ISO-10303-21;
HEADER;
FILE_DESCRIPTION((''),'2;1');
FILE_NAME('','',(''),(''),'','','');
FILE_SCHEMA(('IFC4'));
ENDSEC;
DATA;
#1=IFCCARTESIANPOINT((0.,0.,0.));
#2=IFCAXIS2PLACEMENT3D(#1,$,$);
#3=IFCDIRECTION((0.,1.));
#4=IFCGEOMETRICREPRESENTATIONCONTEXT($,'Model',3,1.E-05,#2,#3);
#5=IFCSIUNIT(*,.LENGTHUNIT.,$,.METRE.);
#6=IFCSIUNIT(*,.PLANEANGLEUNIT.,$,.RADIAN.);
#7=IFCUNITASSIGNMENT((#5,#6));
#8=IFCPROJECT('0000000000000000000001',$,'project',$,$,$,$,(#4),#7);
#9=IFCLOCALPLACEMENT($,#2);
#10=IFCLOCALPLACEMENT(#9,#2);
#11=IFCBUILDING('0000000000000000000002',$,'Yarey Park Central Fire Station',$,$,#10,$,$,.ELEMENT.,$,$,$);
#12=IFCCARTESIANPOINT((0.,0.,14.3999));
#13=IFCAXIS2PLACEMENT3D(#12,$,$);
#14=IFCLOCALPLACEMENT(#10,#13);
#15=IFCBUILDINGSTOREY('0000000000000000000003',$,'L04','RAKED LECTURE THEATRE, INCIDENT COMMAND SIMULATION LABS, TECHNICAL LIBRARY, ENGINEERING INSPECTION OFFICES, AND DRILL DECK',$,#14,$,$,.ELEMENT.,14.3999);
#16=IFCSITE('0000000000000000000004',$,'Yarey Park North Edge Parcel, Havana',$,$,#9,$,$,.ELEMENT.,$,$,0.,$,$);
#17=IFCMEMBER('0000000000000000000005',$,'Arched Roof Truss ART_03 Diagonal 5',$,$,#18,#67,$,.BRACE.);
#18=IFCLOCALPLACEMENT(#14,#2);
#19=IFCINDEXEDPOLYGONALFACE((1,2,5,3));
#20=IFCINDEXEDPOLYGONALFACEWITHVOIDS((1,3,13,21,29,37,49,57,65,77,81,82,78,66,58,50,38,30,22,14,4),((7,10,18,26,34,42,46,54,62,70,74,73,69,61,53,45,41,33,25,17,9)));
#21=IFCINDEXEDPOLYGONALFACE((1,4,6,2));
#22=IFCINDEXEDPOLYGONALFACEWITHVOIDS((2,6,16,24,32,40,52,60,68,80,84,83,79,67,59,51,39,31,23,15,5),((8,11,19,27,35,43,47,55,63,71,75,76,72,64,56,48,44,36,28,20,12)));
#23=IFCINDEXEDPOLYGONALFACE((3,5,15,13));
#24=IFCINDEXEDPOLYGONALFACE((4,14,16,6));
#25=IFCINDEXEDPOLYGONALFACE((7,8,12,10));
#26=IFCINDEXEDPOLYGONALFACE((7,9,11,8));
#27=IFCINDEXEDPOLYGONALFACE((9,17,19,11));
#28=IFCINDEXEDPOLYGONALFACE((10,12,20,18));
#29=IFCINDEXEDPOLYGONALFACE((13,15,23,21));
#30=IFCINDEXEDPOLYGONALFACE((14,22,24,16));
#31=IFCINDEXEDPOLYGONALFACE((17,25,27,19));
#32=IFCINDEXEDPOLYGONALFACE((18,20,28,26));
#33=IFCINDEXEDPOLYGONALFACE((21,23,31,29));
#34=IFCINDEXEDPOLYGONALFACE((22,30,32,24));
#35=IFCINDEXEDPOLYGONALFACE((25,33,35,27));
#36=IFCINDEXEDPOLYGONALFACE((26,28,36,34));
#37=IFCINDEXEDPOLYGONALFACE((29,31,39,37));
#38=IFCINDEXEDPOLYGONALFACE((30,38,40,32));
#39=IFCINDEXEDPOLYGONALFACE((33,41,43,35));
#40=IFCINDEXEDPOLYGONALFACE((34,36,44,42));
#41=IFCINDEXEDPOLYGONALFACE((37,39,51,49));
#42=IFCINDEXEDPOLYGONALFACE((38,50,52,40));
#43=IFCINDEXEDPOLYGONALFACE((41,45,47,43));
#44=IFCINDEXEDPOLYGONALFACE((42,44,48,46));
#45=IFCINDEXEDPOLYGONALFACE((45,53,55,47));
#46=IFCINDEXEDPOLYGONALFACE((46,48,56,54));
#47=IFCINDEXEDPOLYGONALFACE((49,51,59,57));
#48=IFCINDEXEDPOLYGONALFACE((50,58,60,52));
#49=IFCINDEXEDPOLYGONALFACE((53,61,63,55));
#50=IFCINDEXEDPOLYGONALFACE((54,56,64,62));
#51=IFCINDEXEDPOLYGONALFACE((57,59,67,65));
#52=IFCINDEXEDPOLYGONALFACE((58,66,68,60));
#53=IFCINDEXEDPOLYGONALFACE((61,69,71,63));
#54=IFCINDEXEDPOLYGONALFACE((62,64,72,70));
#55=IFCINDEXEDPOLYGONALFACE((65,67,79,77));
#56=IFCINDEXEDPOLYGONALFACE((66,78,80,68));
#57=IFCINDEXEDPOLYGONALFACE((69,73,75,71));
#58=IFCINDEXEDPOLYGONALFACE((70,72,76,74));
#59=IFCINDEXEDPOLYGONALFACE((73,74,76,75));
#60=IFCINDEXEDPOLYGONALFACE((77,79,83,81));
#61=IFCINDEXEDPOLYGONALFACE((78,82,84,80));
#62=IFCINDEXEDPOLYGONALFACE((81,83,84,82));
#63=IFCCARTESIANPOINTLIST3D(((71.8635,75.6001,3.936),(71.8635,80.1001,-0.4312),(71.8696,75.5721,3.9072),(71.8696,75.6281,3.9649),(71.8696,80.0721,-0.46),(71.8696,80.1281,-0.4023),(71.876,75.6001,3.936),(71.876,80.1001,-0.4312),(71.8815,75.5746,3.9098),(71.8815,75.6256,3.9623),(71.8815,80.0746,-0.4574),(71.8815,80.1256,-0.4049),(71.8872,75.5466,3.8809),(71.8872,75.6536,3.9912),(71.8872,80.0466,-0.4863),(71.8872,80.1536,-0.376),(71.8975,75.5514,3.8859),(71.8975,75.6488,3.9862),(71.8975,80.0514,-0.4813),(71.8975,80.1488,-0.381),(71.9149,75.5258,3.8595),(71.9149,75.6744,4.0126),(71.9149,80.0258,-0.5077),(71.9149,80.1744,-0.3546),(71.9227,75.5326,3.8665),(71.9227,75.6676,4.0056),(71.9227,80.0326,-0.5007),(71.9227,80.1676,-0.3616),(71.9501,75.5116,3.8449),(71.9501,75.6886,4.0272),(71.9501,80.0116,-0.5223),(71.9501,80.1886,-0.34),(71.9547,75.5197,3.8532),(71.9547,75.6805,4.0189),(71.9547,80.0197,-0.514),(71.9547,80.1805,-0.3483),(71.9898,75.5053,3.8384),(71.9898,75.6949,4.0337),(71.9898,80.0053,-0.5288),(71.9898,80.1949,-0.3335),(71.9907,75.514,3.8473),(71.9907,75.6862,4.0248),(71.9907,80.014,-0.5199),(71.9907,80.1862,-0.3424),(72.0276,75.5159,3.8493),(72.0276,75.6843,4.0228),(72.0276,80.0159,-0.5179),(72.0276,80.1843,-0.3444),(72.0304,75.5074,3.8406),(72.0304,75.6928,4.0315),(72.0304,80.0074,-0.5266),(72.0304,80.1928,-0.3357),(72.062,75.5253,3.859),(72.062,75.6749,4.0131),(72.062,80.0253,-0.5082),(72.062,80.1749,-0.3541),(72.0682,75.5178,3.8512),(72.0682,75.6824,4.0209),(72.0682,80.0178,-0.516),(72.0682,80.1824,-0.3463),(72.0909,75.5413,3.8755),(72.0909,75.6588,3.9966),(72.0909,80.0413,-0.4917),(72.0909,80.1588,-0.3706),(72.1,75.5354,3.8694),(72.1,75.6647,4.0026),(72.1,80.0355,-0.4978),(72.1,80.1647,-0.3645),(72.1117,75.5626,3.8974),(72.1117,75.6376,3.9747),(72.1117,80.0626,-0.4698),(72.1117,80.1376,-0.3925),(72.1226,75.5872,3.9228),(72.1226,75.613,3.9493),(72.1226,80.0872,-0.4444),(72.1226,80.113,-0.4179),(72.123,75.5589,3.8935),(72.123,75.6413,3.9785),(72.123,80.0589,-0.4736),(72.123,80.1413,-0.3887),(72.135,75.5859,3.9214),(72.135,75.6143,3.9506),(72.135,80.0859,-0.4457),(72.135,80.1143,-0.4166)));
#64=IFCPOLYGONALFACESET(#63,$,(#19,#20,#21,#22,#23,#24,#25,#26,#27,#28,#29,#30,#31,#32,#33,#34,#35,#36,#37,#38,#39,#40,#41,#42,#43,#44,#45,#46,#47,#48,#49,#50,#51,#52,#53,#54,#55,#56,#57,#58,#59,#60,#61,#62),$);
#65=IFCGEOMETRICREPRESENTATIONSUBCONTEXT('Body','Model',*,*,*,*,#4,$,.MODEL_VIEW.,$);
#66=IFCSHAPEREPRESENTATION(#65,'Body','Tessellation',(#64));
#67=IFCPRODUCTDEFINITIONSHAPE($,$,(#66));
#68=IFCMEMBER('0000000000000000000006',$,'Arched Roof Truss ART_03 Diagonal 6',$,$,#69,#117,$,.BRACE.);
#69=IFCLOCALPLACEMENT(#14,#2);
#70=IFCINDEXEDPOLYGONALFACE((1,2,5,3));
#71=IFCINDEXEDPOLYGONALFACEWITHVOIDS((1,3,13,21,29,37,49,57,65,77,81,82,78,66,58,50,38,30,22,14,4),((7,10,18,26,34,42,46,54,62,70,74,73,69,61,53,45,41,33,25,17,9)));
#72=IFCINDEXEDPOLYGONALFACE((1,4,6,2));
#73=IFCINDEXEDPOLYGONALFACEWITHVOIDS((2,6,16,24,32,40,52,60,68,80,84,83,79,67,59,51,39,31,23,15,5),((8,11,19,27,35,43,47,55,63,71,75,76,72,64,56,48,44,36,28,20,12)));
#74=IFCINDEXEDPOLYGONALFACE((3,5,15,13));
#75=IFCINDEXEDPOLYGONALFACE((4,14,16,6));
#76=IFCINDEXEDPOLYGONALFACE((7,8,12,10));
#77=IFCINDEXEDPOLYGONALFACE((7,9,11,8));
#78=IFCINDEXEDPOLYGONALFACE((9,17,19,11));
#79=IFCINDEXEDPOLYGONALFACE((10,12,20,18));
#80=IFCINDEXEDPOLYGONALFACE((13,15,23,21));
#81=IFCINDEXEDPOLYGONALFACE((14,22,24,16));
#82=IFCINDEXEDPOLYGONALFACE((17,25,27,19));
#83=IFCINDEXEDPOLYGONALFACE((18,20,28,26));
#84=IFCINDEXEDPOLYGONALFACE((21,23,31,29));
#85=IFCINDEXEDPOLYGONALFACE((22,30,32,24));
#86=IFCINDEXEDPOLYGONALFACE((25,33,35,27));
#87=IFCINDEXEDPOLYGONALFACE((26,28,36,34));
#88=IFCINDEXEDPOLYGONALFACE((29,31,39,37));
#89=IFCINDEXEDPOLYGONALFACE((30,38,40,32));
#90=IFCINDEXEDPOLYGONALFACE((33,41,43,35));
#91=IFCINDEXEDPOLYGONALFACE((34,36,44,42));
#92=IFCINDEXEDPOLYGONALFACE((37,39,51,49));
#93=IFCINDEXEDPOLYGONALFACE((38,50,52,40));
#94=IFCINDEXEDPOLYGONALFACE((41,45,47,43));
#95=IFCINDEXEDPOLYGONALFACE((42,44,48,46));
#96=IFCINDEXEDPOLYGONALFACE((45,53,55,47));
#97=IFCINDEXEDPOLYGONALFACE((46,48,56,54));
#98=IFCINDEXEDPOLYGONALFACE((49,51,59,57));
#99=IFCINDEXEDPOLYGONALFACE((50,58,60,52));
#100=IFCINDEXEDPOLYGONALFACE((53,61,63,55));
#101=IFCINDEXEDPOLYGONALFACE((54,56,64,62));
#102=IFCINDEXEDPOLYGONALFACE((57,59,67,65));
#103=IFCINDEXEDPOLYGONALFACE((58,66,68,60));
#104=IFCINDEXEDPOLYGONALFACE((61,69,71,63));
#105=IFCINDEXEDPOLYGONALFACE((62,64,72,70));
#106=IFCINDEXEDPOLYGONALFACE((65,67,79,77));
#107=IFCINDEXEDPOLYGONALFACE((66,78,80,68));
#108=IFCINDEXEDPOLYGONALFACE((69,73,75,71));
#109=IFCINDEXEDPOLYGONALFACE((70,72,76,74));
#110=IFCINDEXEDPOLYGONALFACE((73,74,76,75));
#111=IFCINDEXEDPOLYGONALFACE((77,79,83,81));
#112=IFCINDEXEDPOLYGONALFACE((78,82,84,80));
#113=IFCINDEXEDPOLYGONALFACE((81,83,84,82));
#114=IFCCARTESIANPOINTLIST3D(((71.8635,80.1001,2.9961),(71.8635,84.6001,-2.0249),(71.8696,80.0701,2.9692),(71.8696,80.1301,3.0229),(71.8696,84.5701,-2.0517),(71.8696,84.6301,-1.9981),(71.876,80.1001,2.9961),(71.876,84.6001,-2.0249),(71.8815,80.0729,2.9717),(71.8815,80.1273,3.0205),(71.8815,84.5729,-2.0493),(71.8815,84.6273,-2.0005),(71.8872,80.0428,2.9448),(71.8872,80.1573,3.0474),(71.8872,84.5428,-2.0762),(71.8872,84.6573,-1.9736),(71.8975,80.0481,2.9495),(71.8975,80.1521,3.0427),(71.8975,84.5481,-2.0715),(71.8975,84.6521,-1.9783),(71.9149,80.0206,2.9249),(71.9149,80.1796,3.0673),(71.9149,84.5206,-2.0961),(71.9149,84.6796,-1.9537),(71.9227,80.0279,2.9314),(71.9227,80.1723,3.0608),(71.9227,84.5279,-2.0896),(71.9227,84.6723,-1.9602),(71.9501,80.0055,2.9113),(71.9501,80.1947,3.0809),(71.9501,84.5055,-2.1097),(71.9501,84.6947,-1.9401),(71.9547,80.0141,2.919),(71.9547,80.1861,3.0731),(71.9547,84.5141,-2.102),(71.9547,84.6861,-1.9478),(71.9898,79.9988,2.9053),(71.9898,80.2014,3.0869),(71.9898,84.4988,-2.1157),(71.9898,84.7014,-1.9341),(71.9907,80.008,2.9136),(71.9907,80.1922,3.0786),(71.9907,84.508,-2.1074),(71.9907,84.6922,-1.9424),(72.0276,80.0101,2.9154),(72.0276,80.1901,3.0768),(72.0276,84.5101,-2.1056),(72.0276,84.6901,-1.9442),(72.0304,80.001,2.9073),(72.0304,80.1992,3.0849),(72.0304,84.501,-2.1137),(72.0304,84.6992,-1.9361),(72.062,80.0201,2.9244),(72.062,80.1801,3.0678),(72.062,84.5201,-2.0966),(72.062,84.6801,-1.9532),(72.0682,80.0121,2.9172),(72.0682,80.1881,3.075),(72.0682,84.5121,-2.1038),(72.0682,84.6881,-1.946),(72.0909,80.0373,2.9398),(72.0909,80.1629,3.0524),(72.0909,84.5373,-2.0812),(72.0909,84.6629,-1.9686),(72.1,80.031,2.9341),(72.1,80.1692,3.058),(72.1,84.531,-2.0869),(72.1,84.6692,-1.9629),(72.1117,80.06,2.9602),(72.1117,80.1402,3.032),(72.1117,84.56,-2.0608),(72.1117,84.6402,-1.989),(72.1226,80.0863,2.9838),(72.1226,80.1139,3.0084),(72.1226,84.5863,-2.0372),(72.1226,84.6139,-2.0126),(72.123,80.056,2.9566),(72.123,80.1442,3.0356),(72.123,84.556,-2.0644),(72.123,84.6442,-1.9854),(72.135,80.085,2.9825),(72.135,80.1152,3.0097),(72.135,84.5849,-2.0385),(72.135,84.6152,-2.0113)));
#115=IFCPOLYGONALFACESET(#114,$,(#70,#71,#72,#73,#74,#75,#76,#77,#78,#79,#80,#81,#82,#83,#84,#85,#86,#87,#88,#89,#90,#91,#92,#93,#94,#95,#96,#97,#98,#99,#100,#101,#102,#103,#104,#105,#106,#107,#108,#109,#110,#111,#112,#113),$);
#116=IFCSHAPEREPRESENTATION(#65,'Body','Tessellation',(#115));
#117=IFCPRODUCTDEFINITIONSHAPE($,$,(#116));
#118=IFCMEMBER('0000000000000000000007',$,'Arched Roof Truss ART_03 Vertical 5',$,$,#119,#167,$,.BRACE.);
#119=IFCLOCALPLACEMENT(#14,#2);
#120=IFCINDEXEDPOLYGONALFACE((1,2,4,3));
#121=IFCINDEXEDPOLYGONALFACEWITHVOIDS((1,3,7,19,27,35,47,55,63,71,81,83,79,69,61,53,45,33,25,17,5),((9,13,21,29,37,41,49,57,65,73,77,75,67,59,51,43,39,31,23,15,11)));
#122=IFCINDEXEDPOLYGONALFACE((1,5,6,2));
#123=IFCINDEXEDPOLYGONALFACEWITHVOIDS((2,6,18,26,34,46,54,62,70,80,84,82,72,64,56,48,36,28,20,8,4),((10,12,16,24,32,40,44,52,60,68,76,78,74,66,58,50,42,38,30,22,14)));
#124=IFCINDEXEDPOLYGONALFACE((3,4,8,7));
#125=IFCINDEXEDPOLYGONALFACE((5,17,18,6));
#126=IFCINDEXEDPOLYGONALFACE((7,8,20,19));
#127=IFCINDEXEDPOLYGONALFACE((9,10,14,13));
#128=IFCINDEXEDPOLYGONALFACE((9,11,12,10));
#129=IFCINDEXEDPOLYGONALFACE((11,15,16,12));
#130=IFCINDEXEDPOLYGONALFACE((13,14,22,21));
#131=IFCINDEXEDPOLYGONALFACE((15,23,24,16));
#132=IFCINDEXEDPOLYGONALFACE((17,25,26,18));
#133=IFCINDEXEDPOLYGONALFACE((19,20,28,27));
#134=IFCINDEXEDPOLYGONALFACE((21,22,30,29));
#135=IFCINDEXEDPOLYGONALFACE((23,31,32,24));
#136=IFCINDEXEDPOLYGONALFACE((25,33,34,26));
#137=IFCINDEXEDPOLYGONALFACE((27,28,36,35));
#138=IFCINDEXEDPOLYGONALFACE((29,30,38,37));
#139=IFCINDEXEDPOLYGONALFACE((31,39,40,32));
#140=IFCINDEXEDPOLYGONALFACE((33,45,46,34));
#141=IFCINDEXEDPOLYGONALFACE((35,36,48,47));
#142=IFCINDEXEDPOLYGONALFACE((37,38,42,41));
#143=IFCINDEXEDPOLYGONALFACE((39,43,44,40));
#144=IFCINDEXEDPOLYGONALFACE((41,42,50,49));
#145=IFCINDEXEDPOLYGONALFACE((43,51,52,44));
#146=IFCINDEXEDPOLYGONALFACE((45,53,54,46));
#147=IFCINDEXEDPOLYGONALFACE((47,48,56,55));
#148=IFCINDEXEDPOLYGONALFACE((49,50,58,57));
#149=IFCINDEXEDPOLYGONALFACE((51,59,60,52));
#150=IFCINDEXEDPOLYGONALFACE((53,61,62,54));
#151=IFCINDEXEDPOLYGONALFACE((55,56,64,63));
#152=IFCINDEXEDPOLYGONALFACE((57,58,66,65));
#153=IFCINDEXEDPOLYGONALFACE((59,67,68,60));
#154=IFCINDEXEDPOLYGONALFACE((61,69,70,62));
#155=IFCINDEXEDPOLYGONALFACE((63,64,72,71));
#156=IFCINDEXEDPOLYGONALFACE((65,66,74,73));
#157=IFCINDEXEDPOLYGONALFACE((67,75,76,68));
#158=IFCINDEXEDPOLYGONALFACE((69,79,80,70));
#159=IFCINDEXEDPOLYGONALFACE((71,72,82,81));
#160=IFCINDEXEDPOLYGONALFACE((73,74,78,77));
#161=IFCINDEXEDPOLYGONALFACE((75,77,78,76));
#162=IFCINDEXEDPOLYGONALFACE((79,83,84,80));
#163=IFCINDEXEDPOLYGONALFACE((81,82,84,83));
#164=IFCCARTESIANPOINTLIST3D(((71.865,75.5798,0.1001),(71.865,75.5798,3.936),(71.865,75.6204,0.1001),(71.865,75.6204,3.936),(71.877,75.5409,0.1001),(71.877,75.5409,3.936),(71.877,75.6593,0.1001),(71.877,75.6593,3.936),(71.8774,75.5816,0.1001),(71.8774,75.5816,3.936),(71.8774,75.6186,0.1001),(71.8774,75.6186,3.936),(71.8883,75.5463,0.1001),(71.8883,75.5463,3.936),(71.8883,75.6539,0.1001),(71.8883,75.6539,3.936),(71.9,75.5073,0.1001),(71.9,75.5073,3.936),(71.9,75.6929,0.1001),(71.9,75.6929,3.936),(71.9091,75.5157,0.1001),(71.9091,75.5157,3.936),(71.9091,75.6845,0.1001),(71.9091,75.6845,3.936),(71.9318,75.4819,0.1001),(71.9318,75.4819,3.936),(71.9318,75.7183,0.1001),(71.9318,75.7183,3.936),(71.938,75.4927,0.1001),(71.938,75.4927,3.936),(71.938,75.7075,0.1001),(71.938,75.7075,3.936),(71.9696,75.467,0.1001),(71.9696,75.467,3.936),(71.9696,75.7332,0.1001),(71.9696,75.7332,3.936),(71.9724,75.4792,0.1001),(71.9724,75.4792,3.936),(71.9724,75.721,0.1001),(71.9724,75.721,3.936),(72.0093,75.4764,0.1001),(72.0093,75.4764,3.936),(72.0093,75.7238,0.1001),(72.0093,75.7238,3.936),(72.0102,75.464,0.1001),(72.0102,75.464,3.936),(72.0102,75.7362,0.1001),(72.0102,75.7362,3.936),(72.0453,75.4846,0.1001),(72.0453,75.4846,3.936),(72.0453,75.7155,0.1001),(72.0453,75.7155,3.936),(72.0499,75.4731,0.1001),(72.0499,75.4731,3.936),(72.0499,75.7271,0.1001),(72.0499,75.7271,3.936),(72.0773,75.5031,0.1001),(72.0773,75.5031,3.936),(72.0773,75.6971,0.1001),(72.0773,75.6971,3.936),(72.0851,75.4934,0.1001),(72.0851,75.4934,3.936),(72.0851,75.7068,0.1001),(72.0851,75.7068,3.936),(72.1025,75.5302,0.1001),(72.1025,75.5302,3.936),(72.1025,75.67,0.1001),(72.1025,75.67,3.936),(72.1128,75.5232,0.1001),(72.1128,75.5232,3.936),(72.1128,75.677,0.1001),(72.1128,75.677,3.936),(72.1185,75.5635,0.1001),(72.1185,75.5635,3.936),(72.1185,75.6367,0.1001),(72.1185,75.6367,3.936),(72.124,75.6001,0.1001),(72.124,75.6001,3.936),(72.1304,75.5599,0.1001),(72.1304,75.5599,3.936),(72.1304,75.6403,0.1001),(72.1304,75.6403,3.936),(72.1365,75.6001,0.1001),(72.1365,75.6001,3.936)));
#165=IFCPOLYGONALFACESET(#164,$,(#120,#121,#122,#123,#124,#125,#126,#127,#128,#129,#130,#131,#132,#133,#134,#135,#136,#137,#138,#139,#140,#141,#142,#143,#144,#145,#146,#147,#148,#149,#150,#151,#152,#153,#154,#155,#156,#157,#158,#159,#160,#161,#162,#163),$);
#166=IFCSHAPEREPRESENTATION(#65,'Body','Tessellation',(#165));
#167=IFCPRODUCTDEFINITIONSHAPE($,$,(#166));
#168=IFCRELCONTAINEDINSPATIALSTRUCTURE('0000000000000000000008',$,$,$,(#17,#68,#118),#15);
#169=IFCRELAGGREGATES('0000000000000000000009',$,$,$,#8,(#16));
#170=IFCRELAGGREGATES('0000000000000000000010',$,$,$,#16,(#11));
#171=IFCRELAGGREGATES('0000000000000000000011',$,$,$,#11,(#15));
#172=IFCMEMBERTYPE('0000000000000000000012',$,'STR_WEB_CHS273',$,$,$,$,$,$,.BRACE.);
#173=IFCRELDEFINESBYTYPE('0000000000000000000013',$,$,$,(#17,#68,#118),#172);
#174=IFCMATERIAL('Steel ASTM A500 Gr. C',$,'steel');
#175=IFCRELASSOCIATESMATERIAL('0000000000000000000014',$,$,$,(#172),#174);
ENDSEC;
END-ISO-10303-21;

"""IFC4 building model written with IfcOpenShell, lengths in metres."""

from ifc_helpers import new_model, si_unit, direction, frame, origin, origin_2d, place, context, subcontext, project, spatial, hollow_circle, extrude, material, material_profile, profile_set, type_object, element, save


model = new_model("IFC4")

# Units and contexts
model_context = context("Model", 3, precision=1e-05, world=origin(), true_north=direction((0.0, 1.0)))
body_context = subcontext(model_context, "Body", "Model", "MODEL_VIEW")
ifc_project = project(units=[si_unit("LENGTHUNIT", "METRE"), si_unit("PLANEANGLEUNIT", "RADIAN")], contexts=[model_context])

# Site, building, storey
site_placement = place(None, origin())
site = spatial("IfcSite", under=ifc_project, at=site_placement, Name="Yarey Park North Edge Parcel, Havana", CompositionType="ELEMENT", RefElevation=0.0)
building_placement = place(site_placement, origin())
building = spatial("IfcBuilding", under=site, at=building_placement, Name="Yarey Park Central Fire Station", CompositionType="ELEMENT")
storey_placement = place(building_placement, frame((0.0, 0.0, 14.3999)))
storey = spatial("IfcBuildingStorey", under=building, at=storey_placement, Name="L04", Description="RAKED LECTURE THEATRE, INCIDENT COMMAND SIMULATION LABS, TECHNICAL LIBRARY, ENGINEERING INSPECTION OFFICES, AND DRILL DECK", CompositionType="ELEMENT", Elevation=14.3999)

# Members
ifc_material_1 = material(Name="Steel ASTM A500 Gr. C", Category="steel")
ifc_material_profile_1 = material_profile(ifc_material_1, hollow_circle(Radius=0.1365, WallThickness=0.0125, at=origin_2d()), Name="CHS 273x12.5")
ifc_profile_set_1 = profile_set([ifc_material_profile_1], Name="Steel ASTM A500 Gr. C")
member_type_1 = type_object("IfcMemberType", Name="STR_WEB_CHS273", PredefinedType="BRACE", material=ifc_profile_set_1)
member_1_placement = place(storey_placement, frame((72.0, 75.6001, 3.936), z_axis=(0.0, 0.717617, -0.696438), x_axis=(-1.0, 0.0, 0.0)))
element("IfcMember", 1, at=member_1_placement, inside=storey, type_object=member_type_1, Name="Arched Roof Truss ART_03 Diagonal 5", PredefinedType="BRACE", context=body_context, shape_type="SweptSolid", body=[
    extrude(hollow_circle(Radius=0.1365, WallThickness=0.0125, at=origin_2d()), origin(), (0.0, 0.0, 1.0), 6.2708),
])
member_2_placement = place(storey_placement, frame((72.0, 80.1001, 2.9961), z_axis=(0.0, 0.667415, -0.744686), x_axis=(-1.0, 0.0, 0.0)))
element("IfcMember", 2, at=member_2_placement, inside=storey, type_object=member_type_1, Name="Arched Roof Truss ART_03 Diagonal 6", PredefinedType="BRACE", context=body_context, shape_type="SweptSolid", body=[
    extrude(hollow_circle(Radius=0.1365, WallThickness=0.0125, at=origin_2d()), origin(), (0.0, 0.0, 1.0), 6.7424),
])
member_3_placement = place(storey_placement, frame((72.0, 75.6001, 0.1001), z_axis=(0.0, 0.0, 1.0), x_axis=(1.0, 0.0, 0.0)))
element("IfcMember", 3, at=member_3_placement, inside=storey, type_object=member_type_1, Name="Arched Roof Truss ART_03 Vertical 5", PredefinedType="BRACE", context=body_context, shape_type="SweptSolid", body=[
    extrude(hollow_circle(Radius=0.1365, WallThickness=0.0125, at=origin_2d()), origin(), (0.0, 0.0, 1.0), 3.8359),
])

save(model, "model.ifc")
